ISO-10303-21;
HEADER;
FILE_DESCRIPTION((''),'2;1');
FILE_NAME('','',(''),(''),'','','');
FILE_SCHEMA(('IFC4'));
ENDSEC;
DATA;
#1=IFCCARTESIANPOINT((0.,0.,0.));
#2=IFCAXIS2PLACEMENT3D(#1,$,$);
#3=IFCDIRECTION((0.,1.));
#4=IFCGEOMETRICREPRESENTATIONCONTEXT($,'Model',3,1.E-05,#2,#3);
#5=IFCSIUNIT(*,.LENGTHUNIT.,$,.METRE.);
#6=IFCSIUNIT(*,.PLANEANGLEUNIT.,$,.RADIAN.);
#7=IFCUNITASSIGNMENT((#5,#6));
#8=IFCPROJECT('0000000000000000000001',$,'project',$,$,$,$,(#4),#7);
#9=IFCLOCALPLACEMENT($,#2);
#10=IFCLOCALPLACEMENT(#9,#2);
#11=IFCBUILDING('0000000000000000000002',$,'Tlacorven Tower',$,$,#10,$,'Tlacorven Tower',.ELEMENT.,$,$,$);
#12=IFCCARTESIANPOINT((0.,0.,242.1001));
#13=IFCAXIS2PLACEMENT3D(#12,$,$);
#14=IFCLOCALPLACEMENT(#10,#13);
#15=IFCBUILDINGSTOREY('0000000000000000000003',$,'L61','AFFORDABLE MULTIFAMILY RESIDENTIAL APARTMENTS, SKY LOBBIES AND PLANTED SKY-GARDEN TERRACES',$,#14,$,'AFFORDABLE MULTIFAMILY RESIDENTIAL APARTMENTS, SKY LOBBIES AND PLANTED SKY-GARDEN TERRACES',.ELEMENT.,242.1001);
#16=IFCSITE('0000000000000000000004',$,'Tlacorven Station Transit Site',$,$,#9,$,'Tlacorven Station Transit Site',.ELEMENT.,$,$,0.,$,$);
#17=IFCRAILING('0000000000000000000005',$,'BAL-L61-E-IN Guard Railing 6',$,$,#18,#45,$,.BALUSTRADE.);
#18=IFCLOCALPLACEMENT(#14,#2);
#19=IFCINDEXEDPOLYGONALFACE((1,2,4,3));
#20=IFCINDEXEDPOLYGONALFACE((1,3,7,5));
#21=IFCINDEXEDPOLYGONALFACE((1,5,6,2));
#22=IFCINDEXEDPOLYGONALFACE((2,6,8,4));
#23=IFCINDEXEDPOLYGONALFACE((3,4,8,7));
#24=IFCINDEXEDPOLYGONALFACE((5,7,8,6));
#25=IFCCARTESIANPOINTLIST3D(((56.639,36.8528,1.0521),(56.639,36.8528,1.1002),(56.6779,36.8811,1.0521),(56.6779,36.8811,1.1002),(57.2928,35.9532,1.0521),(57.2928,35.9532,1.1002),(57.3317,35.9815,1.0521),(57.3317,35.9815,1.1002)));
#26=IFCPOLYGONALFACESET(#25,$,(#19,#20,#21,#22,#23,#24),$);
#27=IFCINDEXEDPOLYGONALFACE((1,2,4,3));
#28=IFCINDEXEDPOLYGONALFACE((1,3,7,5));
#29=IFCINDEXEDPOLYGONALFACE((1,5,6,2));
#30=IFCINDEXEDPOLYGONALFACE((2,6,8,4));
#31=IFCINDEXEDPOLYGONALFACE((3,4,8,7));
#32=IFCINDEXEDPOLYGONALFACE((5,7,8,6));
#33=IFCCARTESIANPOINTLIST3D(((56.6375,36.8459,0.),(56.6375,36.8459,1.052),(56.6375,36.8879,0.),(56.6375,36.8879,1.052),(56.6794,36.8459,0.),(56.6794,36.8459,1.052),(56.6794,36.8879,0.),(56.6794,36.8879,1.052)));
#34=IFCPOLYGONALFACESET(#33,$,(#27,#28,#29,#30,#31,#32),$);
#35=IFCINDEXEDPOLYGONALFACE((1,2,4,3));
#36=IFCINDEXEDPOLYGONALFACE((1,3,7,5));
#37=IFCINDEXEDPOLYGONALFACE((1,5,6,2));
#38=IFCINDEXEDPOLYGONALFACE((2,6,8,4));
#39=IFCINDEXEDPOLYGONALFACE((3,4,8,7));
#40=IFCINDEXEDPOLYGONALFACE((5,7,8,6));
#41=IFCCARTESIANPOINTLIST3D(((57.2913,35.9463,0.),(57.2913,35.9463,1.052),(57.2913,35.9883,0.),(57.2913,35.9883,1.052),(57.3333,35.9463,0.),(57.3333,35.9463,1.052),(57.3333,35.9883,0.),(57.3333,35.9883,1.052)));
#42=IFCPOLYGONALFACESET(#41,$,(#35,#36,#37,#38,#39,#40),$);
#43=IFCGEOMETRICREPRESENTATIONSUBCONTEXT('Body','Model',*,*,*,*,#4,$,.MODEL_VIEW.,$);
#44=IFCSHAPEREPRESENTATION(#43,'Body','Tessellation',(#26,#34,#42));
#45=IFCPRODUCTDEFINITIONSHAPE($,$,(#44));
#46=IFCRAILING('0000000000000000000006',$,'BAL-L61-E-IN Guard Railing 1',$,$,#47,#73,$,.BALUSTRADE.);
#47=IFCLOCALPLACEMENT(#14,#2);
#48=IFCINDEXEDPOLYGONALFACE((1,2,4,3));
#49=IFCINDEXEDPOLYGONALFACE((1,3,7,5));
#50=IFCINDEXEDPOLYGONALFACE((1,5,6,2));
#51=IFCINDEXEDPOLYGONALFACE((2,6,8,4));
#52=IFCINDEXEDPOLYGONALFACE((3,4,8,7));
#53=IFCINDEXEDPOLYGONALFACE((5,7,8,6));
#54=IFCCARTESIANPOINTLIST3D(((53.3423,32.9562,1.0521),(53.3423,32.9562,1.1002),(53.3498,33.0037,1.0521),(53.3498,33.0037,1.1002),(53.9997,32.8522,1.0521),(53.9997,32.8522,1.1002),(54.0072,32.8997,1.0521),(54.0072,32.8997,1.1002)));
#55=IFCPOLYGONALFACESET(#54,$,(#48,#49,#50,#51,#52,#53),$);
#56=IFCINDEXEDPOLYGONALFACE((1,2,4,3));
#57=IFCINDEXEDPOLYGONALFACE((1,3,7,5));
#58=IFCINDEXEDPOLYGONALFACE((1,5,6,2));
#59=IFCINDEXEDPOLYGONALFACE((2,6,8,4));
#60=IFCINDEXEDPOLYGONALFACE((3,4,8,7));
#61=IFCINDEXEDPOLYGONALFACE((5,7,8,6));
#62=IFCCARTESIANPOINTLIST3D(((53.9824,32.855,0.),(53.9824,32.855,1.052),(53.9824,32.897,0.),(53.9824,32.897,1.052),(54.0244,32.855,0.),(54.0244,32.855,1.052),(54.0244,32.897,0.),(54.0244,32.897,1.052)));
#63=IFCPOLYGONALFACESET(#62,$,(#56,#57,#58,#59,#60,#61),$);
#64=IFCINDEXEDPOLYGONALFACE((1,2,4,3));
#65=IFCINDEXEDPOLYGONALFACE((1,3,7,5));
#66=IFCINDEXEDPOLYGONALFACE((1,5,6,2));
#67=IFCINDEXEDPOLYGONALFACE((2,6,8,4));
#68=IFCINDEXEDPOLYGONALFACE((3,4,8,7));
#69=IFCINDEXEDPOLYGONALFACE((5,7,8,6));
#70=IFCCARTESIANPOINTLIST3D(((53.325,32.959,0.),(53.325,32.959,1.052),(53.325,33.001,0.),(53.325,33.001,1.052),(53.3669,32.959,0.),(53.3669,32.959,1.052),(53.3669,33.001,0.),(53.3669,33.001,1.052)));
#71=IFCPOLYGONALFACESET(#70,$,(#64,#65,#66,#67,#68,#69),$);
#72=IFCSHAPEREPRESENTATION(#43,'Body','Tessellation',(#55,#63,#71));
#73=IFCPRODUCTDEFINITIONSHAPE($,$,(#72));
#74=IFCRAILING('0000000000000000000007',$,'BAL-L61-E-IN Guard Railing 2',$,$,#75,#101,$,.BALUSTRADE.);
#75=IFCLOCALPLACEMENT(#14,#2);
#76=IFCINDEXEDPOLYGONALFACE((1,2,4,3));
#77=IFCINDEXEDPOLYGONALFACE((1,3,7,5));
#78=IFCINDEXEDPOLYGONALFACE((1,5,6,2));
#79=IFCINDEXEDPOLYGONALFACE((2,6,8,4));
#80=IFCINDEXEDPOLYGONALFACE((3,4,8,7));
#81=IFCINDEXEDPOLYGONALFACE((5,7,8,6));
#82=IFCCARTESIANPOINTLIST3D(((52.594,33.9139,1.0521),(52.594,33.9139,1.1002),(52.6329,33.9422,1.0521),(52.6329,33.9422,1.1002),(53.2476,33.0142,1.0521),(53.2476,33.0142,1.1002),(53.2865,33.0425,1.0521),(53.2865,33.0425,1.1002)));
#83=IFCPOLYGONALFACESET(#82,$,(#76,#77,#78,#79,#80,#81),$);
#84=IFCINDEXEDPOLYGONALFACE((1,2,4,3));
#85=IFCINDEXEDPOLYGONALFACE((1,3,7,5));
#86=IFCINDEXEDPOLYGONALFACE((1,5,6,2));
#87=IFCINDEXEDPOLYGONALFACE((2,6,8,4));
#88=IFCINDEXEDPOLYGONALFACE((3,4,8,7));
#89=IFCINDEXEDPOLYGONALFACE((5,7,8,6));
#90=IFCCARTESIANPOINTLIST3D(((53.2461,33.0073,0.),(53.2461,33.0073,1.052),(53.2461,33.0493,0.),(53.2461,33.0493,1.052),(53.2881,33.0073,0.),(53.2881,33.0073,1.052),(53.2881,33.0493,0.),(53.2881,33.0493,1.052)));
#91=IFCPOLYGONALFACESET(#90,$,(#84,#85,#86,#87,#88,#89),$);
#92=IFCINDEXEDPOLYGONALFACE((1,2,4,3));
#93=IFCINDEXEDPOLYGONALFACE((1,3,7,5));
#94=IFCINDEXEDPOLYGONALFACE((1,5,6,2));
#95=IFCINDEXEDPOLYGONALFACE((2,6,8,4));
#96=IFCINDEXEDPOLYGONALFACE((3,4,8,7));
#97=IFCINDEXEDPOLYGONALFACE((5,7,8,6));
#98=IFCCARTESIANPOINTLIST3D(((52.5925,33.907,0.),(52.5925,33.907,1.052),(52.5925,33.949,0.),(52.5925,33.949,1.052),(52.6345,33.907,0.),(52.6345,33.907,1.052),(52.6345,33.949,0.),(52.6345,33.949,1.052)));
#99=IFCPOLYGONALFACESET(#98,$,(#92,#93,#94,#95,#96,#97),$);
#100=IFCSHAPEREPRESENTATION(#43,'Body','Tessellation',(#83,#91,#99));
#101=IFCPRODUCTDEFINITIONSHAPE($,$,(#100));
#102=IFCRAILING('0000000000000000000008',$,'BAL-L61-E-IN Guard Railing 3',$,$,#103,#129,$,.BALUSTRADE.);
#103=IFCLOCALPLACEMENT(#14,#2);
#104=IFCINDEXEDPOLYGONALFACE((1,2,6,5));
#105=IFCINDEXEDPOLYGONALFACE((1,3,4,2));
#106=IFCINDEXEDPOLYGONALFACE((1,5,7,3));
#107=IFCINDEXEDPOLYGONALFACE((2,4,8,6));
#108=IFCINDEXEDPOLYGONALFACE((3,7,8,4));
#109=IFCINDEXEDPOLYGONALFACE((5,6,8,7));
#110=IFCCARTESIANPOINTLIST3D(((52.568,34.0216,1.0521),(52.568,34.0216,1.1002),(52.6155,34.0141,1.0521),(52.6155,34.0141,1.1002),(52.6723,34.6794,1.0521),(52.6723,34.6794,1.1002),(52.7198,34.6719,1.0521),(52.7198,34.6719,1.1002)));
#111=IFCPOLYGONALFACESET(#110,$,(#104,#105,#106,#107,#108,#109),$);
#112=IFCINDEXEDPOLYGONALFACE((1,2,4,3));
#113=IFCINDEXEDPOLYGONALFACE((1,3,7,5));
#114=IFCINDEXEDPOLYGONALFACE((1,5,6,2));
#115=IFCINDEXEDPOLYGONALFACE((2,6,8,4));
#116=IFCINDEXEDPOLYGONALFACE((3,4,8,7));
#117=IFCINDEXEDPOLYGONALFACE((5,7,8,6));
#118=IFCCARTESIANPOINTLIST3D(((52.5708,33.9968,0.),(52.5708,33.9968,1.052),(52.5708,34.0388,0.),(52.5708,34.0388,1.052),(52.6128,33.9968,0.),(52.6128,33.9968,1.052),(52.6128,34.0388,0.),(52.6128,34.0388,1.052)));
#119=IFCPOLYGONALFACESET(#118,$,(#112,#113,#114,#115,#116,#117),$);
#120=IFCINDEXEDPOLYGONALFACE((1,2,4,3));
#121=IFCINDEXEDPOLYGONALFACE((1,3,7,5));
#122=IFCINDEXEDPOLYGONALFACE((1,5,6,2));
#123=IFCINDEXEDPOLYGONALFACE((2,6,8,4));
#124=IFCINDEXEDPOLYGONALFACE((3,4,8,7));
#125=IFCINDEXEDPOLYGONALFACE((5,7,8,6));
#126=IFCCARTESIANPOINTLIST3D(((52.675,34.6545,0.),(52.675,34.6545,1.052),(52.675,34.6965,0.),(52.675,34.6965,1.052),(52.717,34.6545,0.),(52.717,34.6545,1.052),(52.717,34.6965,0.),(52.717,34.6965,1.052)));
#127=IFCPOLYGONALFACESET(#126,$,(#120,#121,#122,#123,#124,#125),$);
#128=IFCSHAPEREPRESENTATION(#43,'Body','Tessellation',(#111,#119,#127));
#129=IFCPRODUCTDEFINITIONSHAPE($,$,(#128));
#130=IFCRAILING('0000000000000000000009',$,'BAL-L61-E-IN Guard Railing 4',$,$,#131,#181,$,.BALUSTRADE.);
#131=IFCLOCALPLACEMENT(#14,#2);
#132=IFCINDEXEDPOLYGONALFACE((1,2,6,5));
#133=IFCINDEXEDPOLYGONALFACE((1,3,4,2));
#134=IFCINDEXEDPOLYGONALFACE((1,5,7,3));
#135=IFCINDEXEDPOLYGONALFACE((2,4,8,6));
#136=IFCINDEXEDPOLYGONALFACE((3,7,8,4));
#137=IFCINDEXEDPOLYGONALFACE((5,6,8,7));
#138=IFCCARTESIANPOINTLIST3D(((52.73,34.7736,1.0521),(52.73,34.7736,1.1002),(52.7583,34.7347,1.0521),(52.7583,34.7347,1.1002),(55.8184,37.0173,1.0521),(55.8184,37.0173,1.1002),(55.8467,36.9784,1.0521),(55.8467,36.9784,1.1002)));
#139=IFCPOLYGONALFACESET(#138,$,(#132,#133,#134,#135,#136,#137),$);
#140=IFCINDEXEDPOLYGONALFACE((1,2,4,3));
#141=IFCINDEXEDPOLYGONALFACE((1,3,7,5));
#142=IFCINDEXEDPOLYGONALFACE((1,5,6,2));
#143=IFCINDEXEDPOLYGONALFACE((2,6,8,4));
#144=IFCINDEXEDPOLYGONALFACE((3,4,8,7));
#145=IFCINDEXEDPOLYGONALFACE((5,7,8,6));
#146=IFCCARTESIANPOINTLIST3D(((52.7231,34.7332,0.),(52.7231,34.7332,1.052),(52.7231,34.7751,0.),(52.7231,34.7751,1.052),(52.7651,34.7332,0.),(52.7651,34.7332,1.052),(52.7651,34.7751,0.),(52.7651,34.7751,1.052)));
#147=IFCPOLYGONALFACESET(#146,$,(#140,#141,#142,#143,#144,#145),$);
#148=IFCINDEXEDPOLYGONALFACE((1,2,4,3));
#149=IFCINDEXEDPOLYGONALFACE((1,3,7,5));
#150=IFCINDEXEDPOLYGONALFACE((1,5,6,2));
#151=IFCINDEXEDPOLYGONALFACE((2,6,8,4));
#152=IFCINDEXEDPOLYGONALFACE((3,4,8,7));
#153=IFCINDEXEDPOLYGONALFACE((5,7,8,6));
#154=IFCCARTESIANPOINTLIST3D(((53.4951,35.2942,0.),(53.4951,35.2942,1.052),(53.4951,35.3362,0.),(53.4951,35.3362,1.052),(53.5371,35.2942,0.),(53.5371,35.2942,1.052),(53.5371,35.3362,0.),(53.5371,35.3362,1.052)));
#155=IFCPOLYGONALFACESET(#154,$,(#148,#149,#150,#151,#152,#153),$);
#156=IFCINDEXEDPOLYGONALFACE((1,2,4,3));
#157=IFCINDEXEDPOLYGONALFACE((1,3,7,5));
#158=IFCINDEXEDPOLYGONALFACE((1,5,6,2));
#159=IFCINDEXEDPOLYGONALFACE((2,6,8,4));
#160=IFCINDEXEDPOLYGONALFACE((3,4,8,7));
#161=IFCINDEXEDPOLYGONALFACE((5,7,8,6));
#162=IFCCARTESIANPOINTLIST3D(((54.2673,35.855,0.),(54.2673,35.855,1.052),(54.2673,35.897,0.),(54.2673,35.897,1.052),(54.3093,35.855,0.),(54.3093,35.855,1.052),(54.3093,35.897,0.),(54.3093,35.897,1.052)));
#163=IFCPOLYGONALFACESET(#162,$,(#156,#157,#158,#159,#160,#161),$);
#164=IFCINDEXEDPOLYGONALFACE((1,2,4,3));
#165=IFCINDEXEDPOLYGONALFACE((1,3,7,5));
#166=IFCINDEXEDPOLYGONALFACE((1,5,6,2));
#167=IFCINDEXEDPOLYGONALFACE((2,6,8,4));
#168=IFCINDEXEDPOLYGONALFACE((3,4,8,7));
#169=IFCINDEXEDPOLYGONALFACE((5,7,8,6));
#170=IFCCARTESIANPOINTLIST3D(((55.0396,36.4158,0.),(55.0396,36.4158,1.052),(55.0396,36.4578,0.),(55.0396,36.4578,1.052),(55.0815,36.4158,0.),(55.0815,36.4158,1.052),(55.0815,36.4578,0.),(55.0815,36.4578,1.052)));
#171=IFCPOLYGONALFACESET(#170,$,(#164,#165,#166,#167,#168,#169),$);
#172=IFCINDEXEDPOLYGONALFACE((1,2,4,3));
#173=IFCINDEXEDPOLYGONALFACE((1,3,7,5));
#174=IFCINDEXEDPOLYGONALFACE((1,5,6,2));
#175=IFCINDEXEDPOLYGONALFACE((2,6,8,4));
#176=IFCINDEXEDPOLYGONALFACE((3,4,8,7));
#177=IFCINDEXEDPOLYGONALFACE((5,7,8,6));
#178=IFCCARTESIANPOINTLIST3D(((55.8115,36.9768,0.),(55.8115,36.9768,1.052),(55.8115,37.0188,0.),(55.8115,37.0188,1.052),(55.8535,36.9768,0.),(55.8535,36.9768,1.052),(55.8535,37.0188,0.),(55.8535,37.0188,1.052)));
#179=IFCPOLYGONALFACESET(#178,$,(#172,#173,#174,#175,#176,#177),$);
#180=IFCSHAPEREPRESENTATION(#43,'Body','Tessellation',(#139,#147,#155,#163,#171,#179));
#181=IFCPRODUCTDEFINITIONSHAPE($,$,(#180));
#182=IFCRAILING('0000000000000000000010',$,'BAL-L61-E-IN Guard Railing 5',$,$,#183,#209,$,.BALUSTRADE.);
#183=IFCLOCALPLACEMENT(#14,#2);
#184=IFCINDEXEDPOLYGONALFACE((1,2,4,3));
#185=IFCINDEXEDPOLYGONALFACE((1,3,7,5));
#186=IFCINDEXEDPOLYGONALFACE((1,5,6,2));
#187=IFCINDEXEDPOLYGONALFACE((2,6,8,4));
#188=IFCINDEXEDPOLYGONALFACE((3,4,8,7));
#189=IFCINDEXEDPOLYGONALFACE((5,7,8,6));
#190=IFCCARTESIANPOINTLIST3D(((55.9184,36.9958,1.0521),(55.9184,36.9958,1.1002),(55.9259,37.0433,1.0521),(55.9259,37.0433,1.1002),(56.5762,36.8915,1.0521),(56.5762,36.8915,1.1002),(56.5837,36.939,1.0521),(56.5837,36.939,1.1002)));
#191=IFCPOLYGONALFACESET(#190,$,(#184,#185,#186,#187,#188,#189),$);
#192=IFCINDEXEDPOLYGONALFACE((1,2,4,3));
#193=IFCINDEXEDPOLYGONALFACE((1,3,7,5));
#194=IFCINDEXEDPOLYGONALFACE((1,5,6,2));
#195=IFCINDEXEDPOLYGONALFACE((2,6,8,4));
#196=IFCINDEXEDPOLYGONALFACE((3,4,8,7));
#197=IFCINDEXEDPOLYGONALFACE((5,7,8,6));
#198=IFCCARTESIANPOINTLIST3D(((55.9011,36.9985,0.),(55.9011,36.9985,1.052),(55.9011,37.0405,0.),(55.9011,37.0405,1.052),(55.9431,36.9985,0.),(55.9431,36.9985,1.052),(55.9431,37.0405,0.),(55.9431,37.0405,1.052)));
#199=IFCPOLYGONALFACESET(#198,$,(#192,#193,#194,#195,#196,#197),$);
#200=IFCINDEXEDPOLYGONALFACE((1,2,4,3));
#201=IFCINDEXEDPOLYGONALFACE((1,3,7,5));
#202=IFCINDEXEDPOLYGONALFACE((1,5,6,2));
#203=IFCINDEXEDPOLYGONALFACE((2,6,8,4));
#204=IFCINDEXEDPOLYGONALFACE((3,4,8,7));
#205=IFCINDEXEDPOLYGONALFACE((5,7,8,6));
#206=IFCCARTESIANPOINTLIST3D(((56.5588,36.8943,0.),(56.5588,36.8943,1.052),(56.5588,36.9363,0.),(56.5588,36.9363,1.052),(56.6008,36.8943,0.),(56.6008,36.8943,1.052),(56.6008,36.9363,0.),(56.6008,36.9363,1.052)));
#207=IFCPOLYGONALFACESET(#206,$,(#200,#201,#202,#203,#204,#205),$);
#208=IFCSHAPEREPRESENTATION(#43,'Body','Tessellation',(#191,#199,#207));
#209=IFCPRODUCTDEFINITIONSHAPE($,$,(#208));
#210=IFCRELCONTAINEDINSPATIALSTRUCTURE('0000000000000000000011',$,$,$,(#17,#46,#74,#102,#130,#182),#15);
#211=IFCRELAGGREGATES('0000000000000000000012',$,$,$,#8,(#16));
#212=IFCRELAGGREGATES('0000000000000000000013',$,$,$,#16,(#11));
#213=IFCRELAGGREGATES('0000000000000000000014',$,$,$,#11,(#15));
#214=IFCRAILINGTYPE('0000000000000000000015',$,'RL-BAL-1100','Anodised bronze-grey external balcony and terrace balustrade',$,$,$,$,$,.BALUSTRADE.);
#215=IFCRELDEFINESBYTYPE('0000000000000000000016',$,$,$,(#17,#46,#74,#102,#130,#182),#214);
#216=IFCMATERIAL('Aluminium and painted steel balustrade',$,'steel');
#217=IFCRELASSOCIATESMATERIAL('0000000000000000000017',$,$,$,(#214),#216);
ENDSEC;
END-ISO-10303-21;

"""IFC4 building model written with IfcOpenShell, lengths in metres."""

from ifc_helpers import new_model, si_unit, direction, frame, origin, origin_2d, place, context, subcontext, project, spatial, rectangle, extrude, source, transform, mapped, material, type_object, element, save


model = new_model("IFC4")

# Units and contexts
model_context = context("Model", 3, precision=1e-05, world=origin(), true_north=direction((0.0, 1.0)))
body_context = subcontext(model_context, "Body", "Model", "MODEL_VIEW")
ifc_project = project(units=[si_unit("LENGTHUNIT", "METRE"), si_unit("PLANEANGLEUNIT", "RADIAN")], contexts=[model_context])

# Site, building, storey
site_placement = place(None, origin())
site = spatial("IfcSite", under=ifc_project, at=site_placement, Name="Tlacorven Station Transit Site", LongName="Tlacorven Station Transit Site", CompositionType="ELEMENT", RefElevation=0.0)
building_placement = place(site_placement, origin())
building = spatial("IfcBuilding", under=site, at=building_placement, Name="Tlacorven Tower", LongName="Tlacorven Tower", CompositionType="ELEMENT")
storey_placement = place(building_placement, frame((0.0, 0.0, 242.1001)))
storey = spatial("IfcBuildingStorey", under=building, at=storey_placement, Name="L61", Description="AFFORDABLE MULTIFAMILY RESIDENTIAL APARTMENTS, SKY LOBBIES AND PLANTED SKY-GARDEN TERRACES", LongName="AFFORDABLE MULTIFAMILY RESIDENTIAL APARTMENTS, SKY LOBBIES AND PLANTED SKY-GARDEN TERRACES", CompositionType="ELEMENT", Elevation=242.1001)

# Railings
ifc_material_1 = material(Name="Aluminium and painted steel balustrade", Category="steel")
railing_type_1 = type_object("IfcRailingType", Name="RL-BAL-1100", Description="Anodised bronze-grey external balcony and terrace balustrade", PredefinedType="BALUSTRADE", material=ifc_material_1)
shared_shape_1 = source(origin(), body_context, "Body", "SweptSolid", [
    extrude(rectangle(XDim=0.0481, YDim=0.0481, at=origin_2d()), frame((0.0, 0.0, 1.0762), z_axis=(0.587884, -0.808945, 0.0), x_axis=(0.808945, 0.587884, 0.0)), (0.0, 0.0, 1.0), 1.1121),
    extrude(rectangle(XDim=0.042, YDim=0.042, at=origin_2d()), origin(), (0.0, 0.0, 1.0), 1.052),
    extrude(rectangle(XDim=0.042, YDim=0.042, at=origin_2d()), frame((0.6538, -0.8997, 0.0)), (0.0, 0.0, 1.0), 1.052),
])
railing_1_placement = place(storey_placement, frame((56.6584, 36.8669, 0.0)))
element("IfcRailing", 1, at=railing_1_placement, inside=storey, type_object=railing_type_1, Name="BAL-L61-E-IN Guard Railing 6", PredefinedType="BALUSTRADE", context=body_context, shape_type="MappedRepresentation", body=[
    mapped(shared_shape_1, transform((0.0, 0.0, 0.0), scale=1.0)),
])
shared_shape_2 = source(origin(), body_context, "Body", "SweptSolid", [
    extrude(rectangle(XDim=0.0481, YDim=0.0481, at=origin_2d()), frame((0.0, 0.0, 1.0762), z_axis=(-0.987718, 0.156245, 0.0), x_axis=(-0.156245, -0.987718, 0.0)), (0.0, 0.0, 1.0), 0.6655),
    extrude(rectangle(XDim=0.042, YDim=0.042, at=origin_2d()), origin(), (0.0, 0.0, 1.0), 1.052),
    extrude(rectangle(XDim=0.042, YDim=0.042, at=origin_2d()), frame((-0.6575, 0.104, 0.0)), (0.0, 0.0, 1.0), 1.052),
])
railing_2_placement = place(storey_placement, frame((54.0034, 32.876, 0.0)))
element("IfcRailing", 2, at=railing_2_placement, inside=storey, type_object=railing_type_1, Name="BAL-L61-E-IN Guard Railing 1", PredefinedType="BALUSTRADE", context=body_context, shape_type="MappedRepresentation", body=[
    mapped(shared_shape_2, transform((0.0, 0.0, 0.0), scale=1.0)),
])
shared_shape_3 = source(origin(), body_context, "Body", "SweptSolid", [
    extrude(rectangle(XDim=0.0481, YDim=0.0481, at=origin_2d()), frame((0.0, 0.0, 1.0762), z_axis=(-0.587741, 0.809049, 0.0), x_axis=(-0.809049, -0.587741, 0.0)), (0.0, 0.0, 1.0), 1.1121),
    extrude(rectangle(XDim=0.042, YDim=0.042, at=origin_2d()), origin(), (0.0, 0.0, 1.0), 1.052),
    extrude(rectangle(XDim=0.042, YDim=0.042, at=origin_2d()), frame((-0.6536, 0.8997, 0.0)), (0.0, 0.0, 1.0), 1.052),
])
railing_3_placement = place(storey_placement, frame((53.2671, 33.0283, 0.0)))
element("IfcRailing", 3, at=railing_3_placement, inside=storey, type_object=railing_type_1, Name="BAL-L61-E-IN Guard Railing 2", PredefinedType="BALUSTRADE", context=body_context, shape_type="MappedRepresentation", body=[
    mapped(shared_shape_3, transform((0.0, 0.0, 0.0), scale=1.0)),
])
shared_shape_4 = source(origin(), body_context, "Body", "SweptSolid", [
    extrude(rectangle(XDim=0.0481, YDim=0.0481, at=origin_2d()), frame((0.0, 0.0, 1.0762), z_axis=(0.156546, 0.987671, 0.0), x_axis=(-0.987671, 0.156546, 0.0)), (0.0, 0.0, 1.0), 0.666),
    extrude(rectangle(XDim=0.042, YDim=0.042, at=origin_2d()), origin(), (0.0, 0.0, 1.0), 1.052),
    extrude(rectangle(XDim=0.042, YDim=0.042, at=origin_2d()), frame((0.1042, 0.6577, 0.0)), (0.0, 0.0, 1.0), 1.052),
])
railing_4_placement = place(storey_placement, frame((52.5918, 34.0178, 0.0)))
element("IfcRailing", 4, at=railing_4_placement, inside=storey, type_object=railing_type_1, Name="BAL-L61-E-IN Guard Railing 3", PredefinedType="BALUSTRADE", context=body_context, shape_type="MappedRepresentation", body=[
    mapped(shared_shape_4, transform((0.0, 0.0, 0.0), scale=1.0)),
])
shared_shape_5 = source(origin(), body_context, "Body", "SweptSolid", [
    extrude(rectangle(XDim=0.0481, YDim=0.0481, at=origin_2d()), frame((0.0, 0.0, 1.0762), z_axis=(0.80904, 0.587753, 0.0), x_axis=(-0.587753, 0.80904, 0.0)), (0.0, 0.0, 1.0), 3.8174),
    extrude(rectangle(XDim=0.042, YDim=0.042, at=origin_2d()), origin(), (0.0, 0.0, 1.0), 1.052),
    extrude(rectangle(XDim=0.042, YDim=0.042, at=origin_2d()), frame((0.772, 0.561, 0.0)), (0.0, 0.0, 1.0), 1.052),
    extrude(rectangle(XDim=0.042, YDim=0.042, at=origin_2d()), frame((1.5442, 1.1218, 0.0)), (0.0, 0.0, 1.0), 1.052),
    extrude(rectangle(XDim=0.042, YDim=0.042, at=origin_2d()), frame((2.3164, 1.6826, 0.0)), (0.0, 0.0, 1.0), 1.052),
    extrude(rectangle(XDim=0.042, YDim=0.042, at=origin_2d()), frame((3.0884, 2.2437, 0.0)), (0.0, 0.0, 1.0), 1.052),
])
railing_5_placement = place(storey_placement, frame((52.7441, 34.7542, 0.0)))
element("IfcRailing", 5, at=railing_5_placement, inside=storey, type_object=railing_type_1, Name="BAL-L61-E-IN Guard Railing 4", PredefinedType="BALUSTRADE", context=body_context, shape_type="MappedRepresentation", body=[
    mapped(shared_shape_5, transform((0.0, 0.0, 0.0), scale=1.0)),
])
shared_shape_6 = source(origin(), body_context, "Body", "SweptSolid", [
    extrude(rectangle(XDim=0.0481, YDim=0.0481, at=origin_2d()), frame((0.0, 0.0, 1.0762), z_axis=(0.987671, -0.156546, 0.0), x_axis=(0.156546, 0.987671, 0.0)), (0.0, 0.0, 1.0), 0.666),
    extrude(rectangle(XDim=0.042, YDim=0.042, at=origin_2d()), origin(), (0.0, 0.0, 1.0), 1.052),
    extrude(rectangle(XDim=0.042, YDim=0.042, at=origin_2d()), frame((0.6577, -0.1042, 0.0)), (0.0, 0.0, 1.0), 1.052),
])
railing_6_placement = place(storey_placement, frame((55.9221, 37.0195, 0.0)))
element("IfcRailing", 6, at=railing_6_placement, inside=storey, type_object=railing_type_1, Name="BAL-L61-E-IN Guard Railing 5", PredefinedType="BALUSTRADE", context=body_context, shape_type="MappedRepresentation", body=[
    mapped(shared_shape_6, transform((0.0, 0.0, 0.0), scale=1.0)),
])

save(model, "model.ifc")
